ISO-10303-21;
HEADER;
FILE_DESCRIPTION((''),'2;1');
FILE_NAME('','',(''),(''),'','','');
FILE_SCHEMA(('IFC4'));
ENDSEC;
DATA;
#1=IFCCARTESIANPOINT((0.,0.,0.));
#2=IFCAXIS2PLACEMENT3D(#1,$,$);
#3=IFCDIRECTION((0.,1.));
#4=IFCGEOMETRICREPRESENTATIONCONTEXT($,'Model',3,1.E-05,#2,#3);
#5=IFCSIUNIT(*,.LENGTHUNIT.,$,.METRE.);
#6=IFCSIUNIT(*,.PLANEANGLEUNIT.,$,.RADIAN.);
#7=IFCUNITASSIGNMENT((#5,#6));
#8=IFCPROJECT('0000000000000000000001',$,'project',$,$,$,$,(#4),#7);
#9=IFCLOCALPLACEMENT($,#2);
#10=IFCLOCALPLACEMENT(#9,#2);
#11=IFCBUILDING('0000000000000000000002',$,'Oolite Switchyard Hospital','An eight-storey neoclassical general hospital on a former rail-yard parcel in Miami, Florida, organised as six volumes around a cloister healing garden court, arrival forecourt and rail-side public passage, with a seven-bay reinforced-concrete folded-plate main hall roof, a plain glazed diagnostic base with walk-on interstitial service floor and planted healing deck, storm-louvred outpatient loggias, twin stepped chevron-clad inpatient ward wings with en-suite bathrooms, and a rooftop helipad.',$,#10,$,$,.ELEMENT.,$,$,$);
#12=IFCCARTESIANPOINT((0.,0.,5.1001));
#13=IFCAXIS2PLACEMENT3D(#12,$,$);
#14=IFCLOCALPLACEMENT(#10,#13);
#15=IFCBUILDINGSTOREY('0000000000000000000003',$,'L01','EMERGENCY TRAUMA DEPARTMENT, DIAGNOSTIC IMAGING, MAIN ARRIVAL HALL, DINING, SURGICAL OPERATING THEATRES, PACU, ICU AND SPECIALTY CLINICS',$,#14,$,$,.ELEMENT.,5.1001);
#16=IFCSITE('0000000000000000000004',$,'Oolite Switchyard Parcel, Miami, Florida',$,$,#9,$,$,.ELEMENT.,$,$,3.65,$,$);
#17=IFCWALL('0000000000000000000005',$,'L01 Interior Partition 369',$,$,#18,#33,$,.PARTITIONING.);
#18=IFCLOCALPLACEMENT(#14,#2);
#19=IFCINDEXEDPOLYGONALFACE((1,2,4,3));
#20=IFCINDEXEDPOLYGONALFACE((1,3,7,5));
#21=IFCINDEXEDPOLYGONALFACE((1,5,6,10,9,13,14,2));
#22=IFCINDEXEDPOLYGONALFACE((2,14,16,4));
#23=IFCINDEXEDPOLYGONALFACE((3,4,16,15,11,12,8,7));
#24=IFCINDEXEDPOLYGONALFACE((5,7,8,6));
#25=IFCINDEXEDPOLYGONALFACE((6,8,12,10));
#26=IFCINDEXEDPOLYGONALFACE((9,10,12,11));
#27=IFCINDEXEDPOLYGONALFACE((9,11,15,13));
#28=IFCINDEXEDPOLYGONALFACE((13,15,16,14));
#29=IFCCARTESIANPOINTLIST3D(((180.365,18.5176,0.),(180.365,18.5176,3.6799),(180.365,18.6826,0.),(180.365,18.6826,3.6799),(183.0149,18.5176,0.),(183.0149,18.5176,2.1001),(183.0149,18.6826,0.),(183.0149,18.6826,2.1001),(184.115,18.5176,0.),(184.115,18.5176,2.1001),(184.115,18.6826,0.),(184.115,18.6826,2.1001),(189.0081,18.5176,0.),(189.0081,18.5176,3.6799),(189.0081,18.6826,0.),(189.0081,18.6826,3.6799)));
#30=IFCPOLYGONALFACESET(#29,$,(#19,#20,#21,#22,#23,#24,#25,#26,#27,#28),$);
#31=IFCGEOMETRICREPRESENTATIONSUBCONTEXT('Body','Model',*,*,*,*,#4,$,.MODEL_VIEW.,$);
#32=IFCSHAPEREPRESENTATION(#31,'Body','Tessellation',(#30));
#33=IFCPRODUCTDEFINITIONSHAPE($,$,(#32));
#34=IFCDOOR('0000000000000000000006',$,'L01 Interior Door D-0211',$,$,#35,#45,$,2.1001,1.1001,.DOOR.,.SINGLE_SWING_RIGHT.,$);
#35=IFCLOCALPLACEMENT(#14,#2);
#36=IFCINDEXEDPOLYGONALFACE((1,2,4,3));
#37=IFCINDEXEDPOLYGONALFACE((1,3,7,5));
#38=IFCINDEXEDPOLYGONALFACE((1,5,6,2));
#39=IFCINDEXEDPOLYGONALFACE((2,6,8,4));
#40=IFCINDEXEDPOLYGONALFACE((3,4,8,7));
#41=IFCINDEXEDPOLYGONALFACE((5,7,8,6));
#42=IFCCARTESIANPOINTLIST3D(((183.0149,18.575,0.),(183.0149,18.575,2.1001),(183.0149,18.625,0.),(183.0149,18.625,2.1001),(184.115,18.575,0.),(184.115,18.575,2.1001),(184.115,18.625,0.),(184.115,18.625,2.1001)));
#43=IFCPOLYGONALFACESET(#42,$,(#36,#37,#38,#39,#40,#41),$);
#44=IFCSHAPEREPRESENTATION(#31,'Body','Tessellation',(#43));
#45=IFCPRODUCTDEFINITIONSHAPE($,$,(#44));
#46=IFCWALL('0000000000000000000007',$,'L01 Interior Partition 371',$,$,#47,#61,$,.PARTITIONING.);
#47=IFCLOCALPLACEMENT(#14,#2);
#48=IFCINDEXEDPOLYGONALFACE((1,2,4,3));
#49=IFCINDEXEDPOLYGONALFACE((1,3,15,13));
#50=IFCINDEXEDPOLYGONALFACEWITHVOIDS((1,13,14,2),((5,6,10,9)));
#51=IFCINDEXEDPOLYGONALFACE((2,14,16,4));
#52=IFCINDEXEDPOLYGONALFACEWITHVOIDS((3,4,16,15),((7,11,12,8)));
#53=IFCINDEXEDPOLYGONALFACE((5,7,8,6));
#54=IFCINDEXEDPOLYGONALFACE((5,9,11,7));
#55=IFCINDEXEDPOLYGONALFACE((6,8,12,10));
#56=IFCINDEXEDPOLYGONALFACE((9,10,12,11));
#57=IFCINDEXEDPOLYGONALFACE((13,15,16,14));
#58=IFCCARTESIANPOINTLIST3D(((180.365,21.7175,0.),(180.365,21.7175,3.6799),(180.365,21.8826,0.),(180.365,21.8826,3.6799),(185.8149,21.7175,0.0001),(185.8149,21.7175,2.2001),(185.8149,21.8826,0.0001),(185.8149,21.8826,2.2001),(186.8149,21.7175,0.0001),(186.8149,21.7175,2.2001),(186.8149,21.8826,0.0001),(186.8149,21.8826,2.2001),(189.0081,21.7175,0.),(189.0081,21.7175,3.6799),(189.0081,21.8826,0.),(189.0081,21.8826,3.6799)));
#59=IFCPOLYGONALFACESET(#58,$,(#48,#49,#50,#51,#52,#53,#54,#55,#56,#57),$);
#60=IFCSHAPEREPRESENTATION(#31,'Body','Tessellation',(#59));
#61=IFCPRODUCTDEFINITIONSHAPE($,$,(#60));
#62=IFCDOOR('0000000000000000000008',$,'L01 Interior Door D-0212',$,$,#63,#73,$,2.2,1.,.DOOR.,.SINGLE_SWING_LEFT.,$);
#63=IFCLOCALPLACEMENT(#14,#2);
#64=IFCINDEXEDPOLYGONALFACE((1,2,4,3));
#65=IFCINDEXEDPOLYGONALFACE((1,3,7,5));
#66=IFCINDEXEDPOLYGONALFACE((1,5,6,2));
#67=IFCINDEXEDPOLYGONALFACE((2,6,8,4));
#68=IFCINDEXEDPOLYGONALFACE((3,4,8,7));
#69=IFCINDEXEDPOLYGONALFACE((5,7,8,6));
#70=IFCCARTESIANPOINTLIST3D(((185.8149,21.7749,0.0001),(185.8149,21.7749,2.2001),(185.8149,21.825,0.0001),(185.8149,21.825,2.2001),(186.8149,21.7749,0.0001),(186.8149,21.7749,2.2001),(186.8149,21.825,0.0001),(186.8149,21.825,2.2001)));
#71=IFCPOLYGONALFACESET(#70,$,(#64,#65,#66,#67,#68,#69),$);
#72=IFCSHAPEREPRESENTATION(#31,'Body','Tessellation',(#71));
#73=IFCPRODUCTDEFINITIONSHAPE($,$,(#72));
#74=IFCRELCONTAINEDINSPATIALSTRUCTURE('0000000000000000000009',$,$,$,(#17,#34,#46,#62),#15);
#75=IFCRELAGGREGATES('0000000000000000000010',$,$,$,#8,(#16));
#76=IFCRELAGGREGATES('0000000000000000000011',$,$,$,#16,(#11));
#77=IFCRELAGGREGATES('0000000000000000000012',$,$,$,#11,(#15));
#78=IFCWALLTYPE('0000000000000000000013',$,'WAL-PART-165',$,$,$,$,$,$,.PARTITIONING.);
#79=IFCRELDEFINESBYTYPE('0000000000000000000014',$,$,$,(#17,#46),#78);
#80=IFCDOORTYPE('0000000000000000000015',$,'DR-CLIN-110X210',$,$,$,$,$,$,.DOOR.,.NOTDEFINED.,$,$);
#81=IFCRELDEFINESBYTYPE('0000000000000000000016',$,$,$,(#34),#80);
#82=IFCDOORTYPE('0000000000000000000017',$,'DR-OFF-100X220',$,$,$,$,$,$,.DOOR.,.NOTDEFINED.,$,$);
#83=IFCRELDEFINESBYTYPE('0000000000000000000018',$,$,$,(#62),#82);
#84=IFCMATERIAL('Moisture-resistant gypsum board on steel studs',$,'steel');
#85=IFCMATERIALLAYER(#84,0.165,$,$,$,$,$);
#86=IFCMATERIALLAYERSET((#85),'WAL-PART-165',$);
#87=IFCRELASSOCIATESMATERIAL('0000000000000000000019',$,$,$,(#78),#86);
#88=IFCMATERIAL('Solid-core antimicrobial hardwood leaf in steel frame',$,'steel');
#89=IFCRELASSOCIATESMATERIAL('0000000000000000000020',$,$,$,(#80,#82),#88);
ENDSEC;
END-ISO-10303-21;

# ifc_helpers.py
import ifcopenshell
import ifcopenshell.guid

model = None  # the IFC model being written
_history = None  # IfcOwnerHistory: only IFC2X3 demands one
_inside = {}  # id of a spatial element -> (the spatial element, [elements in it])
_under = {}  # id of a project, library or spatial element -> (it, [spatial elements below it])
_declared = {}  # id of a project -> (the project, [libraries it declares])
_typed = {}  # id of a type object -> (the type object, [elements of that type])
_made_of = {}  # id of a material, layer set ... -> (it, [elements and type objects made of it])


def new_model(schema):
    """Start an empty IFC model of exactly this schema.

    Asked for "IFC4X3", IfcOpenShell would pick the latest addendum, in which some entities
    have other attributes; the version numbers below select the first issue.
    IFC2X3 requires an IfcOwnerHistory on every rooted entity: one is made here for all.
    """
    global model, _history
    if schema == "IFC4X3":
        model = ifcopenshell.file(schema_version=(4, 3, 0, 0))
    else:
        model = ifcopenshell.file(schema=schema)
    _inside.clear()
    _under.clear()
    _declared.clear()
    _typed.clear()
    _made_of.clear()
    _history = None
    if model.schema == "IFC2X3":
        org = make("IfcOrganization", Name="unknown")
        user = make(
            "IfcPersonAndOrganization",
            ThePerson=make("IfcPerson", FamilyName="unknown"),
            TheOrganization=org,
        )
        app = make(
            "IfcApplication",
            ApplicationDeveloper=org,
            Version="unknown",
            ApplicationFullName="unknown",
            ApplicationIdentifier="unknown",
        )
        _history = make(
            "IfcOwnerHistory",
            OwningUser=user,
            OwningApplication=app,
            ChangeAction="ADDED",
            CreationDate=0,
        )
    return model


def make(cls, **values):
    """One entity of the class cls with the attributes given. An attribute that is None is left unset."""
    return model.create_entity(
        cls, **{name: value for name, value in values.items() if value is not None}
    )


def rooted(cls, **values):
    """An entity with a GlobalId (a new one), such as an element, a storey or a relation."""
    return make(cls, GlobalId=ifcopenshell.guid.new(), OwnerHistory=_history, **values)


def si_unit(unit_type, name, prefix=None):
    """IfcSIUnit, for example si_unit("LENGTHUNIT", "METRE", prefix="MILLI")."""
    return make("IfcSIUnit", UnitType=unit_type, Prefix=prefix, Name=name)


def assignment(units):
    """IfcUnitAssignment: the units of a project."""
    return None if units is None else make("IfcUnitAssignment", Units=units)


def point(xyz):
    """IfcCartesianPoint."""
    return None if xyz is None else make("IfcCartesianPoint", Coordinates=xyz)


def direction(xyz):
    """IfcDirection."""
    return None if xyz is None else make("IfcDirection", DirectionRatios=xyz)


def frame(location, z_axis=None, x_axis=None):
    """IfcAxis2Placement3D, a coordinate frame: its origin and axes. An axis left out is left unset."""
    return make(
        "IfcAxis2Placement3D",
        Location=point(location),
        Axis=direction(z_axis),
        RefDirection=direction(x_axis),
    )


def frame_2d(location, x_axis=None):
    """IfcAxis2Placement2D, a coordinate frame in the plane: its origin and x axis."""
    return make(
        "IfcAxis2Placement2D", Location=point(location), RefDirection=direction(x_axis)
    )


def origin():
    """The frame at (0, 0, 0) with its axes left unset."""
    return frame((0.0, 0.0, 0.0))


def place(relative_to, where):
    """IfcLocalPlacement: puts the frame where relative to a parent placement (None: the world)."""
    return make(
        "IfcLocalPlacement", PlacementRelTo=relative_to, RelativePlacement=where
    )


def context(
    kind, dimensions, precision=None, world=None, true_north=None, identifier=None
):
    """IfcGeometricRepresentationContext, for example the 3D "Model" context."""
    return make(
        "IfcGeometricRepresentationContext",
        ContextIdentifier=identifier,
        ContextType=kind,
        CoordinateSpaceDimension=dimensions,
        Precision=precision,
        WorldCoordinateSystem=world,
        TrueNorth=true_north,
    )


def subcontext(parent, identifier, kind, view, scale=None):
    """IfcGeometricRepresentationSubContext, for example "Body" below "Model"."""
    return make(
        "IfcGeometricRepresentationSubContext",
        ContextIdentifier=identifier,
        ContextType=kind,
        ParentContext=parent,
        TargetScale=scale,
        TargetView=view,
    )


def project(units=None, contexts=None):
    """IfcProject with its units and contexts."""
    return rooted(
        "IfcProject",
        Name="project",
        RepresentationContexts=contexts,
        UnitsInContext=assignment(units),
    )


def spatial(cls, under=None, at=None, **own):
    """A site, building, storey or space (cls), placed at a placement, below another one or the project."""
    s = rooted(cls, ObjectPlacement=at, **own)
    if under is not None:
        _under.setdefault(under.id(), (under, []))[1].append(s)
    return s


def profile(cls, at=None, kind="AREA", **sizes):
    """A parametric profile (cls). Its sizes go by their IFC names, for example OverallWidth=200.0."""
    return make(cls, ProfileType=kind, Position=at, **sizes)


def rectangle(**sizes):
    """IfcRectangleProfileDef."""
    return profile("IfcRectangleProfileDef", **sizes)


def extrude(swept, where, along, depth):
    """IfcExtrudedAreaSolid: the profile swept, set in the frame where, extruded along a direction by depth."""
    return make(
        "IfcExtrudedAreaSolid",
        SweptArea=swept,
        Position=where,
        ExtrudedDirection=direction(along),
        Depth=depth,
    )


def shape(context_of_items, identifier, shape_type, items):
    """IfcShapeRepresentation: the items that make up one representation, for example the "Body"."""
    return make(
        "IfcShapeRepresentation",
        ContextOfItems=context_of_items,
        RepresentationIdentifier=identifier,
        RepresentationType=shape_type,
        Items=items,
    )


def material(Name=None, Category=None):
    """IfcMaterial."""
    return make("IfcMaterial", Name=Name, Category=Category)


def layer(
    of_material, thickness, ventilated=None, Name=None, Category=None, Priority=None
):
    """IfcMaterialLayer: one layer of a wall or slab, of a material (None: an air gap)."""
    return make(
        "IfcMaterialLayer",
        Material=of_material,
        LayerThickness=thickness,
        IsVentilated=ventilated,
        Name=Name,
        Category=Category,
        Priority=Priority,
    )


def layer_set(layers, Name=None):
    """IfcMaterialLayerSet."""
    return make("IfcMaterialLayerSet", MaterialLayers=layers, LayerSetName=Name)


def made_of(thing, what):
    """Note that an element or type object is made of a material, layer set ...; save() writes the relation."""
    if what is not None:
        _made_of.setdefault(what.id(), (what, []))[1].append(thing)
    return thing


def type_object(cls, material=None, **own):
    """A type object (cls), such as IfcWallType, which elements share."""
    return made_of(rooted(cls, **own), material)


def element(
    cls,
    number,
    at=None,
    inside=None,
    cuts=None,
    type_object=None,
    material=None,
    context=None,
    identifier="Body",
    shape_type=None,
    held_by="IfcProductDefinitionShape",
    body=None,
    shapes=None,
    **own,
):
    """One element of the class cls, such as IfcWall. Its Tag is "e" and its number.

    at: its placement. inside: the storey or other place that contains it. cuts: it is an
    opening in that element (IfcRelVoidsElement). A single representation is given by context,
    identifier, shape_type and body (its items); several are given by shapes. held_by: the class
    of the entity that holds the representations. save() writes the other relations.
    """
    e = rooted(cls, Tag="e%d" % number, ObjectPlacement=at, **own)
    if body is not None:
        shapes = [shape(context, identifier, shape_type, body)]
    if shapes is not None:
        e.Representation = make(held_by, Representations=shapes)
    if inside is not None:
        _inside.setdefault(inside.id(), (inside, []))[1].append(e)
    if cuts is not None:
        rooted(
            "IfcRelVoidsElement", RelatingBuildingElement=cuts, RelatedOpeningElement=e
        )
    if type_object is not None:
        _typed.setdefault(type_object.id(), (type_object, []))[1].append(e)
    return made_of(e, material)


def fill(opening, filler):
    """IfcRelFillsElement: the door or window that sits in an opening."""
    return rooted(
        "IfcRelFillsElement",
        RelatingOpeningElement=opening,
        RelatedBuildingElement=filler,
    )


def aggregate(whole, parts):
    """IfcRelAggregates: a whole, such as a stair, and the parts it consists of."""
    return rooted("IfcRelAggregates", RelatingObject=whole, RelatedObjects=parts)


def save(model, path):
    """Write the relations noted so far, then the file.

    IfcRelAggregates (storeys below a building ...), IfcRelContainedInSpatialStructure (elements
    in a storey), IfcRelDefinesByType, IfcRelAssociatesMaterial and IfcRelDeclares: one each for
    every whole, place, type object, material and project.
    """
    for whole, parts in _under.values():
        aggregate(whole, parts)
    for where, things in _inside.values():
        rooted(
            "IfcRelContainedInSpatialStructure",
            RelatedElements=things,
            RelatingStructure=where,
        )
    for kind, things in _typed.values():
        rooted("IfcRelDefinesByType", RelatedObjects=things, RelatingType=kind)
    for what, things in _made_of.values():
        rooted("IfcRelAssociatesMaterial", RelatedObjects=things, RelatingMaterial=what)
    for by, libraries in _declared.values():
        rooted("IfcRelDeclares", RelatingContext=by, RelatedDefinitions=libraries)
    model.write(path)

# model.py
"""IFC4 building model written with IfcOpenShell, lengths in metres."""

from ifc_helpers import new_model, si_unit, direction, frame, frame_2d, origin, place, context, subcontext, project, spatial, rectangle, extrude, material, layer, layer_set, type_object, element, fill, save


model = new_model("IFC4")

# Units and contexts
model_context = context("Model", 3, precision=1e-05, world=origin(), true_north=direction((0.0, 1.0)))
body_context = subcontext(model_context, "Body", "Model", "MODEL_VIEW")
ifc_project = project(units=[si_unit("LENGTHUNIT", "METRE"), si_unit("PLANEANGLEUNIT", "RADIAN")], contexts=[model_context])

# Site, building, storey
site_placement = place(None, origin())
site = spatial("IfcSite", under=ifc_project, at=site_placement, Name="Oolite Switchyard Parcel, Miami, Florida", CompositionType="ELEMENT", RefElevation=3.65)
building_placement = place(site_placement, origin())
building = spatial("IfcBuilding", under=site, at=building_placement, Name="Oolite Switchyard Hospital", Description="An eight-storey neoclassical general hospital on a former rail-yard parcel in Miami, Florida, organised as six volumes around a cloister healing garden court, arrival forecourt and rail-side public passage, with a seven-bay reinforced-concrete folded-plate main hall roof, a plain glazed diagnostic base with walk-on interstitial service floor and planted healing deck, storm-louvred outpatient loggias, twin stepped chevron-clad inpatient ward wings with en-suite bathrooms, and a rooftop helipad.", CompositionType="ELEMENT")
storey_placement = place(building_placement, frame((0.0, 0.0, 5.1001)))
storey = spatial("IfcBuildingStorey", under=building, at=storey_placement, Name="L01", Description="EMERGENCY TRAUMA DEPARTMENT, DIAGNOSTIC IMAGING, MAIN ARRIVAL HALL, DINING, SURGICAL OPERATING THEATRES, PACU, ICU AND SPECIALTY CLINICS", CompositionType="ELEMENT", Elevation=5.1001)

# Shared definitions
ifc_material_1 = material(Name="Moisture-resistant gypsum board on steel studs", Category="steel")

# Walls, openings, doors
ifc_layer_1 = layer(ifc_material_1, 0.165)
ifc_layer_set_1 = layer_set([ifc_layer_1], Name="WAL-PART-165")
wall_type_1 = type_object("IfcWallType", Name="WAL-PART-165", PredefinedType="PARTITIONING", material=ifc_layer_set_1)
ifc_material_2 = material(Name="Solid-core antimicrobial hardwood leaf in steel frame", Category="steel")
wall_1_placement = place(storey_placement, frame((180.365, 18.6001, 0.0), z_axis=(0.0, 0.0, 1.0), x_axis=(1.0, 0.0, 0.0)))
wall_1 = element("IfcWall", 1, at=wall_1_placement, inside=storey, type_object=wall_type_1, Name="L01 Interior Partition 369", PredefinedType="PARTITIONING", context=body_context, shape_type="SweptSolid", body=[
    extrude(rectangle(XDim=8.6431, YDim=0.165, at=frame_2d((4.3215, 0.0))), origin(), (0.0, 0.0, 1.0), 3.6799),
])
opening_1_placement = place(wall_1_placement, frame((2.6499, 0.0, 0.0)))
opening_1 = element("IfcOpeningElement", 2, at=opening_1_placement, cuts=wall_1, PredefinedType="OPENING", context=body_context, shape_type="SweptSolid", body=[
    extrude(rectangle(XDim=1.1001, YDim=2.1001, at=frame_2d((0.55, 1.05))), frame((0.0, 0.0925, 0.0), z_axis=(0.0, -1.0, 0.0), x_axis=(1.0, 0.0, 0.0)), (0.0, 0.0, 1.0), 0.1851),
])
door_type_1 = type_object("IfcDoorType", Name="DR-CLIN-110X210", OperationType="NOTDEFINED", PredefinedType="DOOR", material=ifc_material_2)
door_1_placement = place(opening_1_placement, origin())
door_1 = element("IfcDoor", 3, at=door_1_placement, inside=storey, type_object=door_type_1, Name="L01 Interior Door D-0211", OperationType="SINGLE_SWING_RIGHT", OverallHeight=2.1001, OverallWidth=1.1001, PredefinedType="DOOR", context=body_context, shape_type="SweptSolid", body=[
    extrude(rectangle(XDim=1.1001, YDim=2.1001, at=frame_2d((0.55, 1.05))), frame((0.0, 0.0249, 0.0), z_axis=(0.0, -1.0, 0.0), x_axis=(1.0, 0.0, 0.0)), (0.0, 0.0, 1.0), 0.05),
])
fill(opening_1, door_1)
wall_2_placement = place(storey_placement, frame((180.365, 21.8, 0.0), z_axis=(0.0, 0.0, 1.0), x_axis=(1.0, 0.0, 0.0)))
wall_2 = element("IfcWall", 4, at=wall_2_placement, inside=storey, type_object=wall_type_1, Name="L01 Interior Partition 371", PredefinedType="PARTITIONING", context=body_context, shape_type="SweptSolid", body=[
    extrude(rectangle(XDim=8.6431, YDim=0.165, at=frame_2d((4.3215, 0.0))), origin(), (0.0, 0.0, 1.0), 3.6799),
])
opening_2_placement = place(wall_2_placement, frame((5.45, 0.0, 0.0)))
opening_2 = element("IfcOpeningElement", 5, at=opening_2_placement, cuts=wall_2, PredefinedType="OPENING", context=body_context, shape_type="SweptSolid", body=[
    extrude(rectangle(XDim=1.0, YDim=2.2, at=frame_2d((0.5, 1.1001))), frame((0.0, 0.0925, 0.0), z_axis=(0.0, -1.0, 0.0), x_axis=(1.0, 0.0, 0.0)), (0.0, 0.0, 1.0), 0.1851),
])
door_type_2 = type_object("IfcDoorType", Name="DR-OFF-100X220", OperationType="NOTDEFINED", PredefinedType="DOOR", material=ifc_material_2)
door_2_placement = place(opening_2_placement, origin())
door_2 = element("IfcDoor", 6, at=door_2_placement, inside=storey, type_object=door_type_2, Name="L01 Interior Door D-0212", OperationType="SINGLE_SWING_LEFT", OverallHeight=2.2, OverallWidth=1.0, PredefinedType="DOOR", context=body_context, shape_type="SweptSolid", body=[
    extrude(rectangle(XDim=1.0, YDim=2.2, at=frame_2d((0.5, 1.1001))), frame((0.0, 0.0249, 0.0), z_axis=(0.0, -1.0, 0.0), x_axis=(1.0, 0.0, 0.0)), (0.0, 0.0, 1.0), 0.05),
])
fill(opening_2, door_2)

save(model, "model.ifc")
